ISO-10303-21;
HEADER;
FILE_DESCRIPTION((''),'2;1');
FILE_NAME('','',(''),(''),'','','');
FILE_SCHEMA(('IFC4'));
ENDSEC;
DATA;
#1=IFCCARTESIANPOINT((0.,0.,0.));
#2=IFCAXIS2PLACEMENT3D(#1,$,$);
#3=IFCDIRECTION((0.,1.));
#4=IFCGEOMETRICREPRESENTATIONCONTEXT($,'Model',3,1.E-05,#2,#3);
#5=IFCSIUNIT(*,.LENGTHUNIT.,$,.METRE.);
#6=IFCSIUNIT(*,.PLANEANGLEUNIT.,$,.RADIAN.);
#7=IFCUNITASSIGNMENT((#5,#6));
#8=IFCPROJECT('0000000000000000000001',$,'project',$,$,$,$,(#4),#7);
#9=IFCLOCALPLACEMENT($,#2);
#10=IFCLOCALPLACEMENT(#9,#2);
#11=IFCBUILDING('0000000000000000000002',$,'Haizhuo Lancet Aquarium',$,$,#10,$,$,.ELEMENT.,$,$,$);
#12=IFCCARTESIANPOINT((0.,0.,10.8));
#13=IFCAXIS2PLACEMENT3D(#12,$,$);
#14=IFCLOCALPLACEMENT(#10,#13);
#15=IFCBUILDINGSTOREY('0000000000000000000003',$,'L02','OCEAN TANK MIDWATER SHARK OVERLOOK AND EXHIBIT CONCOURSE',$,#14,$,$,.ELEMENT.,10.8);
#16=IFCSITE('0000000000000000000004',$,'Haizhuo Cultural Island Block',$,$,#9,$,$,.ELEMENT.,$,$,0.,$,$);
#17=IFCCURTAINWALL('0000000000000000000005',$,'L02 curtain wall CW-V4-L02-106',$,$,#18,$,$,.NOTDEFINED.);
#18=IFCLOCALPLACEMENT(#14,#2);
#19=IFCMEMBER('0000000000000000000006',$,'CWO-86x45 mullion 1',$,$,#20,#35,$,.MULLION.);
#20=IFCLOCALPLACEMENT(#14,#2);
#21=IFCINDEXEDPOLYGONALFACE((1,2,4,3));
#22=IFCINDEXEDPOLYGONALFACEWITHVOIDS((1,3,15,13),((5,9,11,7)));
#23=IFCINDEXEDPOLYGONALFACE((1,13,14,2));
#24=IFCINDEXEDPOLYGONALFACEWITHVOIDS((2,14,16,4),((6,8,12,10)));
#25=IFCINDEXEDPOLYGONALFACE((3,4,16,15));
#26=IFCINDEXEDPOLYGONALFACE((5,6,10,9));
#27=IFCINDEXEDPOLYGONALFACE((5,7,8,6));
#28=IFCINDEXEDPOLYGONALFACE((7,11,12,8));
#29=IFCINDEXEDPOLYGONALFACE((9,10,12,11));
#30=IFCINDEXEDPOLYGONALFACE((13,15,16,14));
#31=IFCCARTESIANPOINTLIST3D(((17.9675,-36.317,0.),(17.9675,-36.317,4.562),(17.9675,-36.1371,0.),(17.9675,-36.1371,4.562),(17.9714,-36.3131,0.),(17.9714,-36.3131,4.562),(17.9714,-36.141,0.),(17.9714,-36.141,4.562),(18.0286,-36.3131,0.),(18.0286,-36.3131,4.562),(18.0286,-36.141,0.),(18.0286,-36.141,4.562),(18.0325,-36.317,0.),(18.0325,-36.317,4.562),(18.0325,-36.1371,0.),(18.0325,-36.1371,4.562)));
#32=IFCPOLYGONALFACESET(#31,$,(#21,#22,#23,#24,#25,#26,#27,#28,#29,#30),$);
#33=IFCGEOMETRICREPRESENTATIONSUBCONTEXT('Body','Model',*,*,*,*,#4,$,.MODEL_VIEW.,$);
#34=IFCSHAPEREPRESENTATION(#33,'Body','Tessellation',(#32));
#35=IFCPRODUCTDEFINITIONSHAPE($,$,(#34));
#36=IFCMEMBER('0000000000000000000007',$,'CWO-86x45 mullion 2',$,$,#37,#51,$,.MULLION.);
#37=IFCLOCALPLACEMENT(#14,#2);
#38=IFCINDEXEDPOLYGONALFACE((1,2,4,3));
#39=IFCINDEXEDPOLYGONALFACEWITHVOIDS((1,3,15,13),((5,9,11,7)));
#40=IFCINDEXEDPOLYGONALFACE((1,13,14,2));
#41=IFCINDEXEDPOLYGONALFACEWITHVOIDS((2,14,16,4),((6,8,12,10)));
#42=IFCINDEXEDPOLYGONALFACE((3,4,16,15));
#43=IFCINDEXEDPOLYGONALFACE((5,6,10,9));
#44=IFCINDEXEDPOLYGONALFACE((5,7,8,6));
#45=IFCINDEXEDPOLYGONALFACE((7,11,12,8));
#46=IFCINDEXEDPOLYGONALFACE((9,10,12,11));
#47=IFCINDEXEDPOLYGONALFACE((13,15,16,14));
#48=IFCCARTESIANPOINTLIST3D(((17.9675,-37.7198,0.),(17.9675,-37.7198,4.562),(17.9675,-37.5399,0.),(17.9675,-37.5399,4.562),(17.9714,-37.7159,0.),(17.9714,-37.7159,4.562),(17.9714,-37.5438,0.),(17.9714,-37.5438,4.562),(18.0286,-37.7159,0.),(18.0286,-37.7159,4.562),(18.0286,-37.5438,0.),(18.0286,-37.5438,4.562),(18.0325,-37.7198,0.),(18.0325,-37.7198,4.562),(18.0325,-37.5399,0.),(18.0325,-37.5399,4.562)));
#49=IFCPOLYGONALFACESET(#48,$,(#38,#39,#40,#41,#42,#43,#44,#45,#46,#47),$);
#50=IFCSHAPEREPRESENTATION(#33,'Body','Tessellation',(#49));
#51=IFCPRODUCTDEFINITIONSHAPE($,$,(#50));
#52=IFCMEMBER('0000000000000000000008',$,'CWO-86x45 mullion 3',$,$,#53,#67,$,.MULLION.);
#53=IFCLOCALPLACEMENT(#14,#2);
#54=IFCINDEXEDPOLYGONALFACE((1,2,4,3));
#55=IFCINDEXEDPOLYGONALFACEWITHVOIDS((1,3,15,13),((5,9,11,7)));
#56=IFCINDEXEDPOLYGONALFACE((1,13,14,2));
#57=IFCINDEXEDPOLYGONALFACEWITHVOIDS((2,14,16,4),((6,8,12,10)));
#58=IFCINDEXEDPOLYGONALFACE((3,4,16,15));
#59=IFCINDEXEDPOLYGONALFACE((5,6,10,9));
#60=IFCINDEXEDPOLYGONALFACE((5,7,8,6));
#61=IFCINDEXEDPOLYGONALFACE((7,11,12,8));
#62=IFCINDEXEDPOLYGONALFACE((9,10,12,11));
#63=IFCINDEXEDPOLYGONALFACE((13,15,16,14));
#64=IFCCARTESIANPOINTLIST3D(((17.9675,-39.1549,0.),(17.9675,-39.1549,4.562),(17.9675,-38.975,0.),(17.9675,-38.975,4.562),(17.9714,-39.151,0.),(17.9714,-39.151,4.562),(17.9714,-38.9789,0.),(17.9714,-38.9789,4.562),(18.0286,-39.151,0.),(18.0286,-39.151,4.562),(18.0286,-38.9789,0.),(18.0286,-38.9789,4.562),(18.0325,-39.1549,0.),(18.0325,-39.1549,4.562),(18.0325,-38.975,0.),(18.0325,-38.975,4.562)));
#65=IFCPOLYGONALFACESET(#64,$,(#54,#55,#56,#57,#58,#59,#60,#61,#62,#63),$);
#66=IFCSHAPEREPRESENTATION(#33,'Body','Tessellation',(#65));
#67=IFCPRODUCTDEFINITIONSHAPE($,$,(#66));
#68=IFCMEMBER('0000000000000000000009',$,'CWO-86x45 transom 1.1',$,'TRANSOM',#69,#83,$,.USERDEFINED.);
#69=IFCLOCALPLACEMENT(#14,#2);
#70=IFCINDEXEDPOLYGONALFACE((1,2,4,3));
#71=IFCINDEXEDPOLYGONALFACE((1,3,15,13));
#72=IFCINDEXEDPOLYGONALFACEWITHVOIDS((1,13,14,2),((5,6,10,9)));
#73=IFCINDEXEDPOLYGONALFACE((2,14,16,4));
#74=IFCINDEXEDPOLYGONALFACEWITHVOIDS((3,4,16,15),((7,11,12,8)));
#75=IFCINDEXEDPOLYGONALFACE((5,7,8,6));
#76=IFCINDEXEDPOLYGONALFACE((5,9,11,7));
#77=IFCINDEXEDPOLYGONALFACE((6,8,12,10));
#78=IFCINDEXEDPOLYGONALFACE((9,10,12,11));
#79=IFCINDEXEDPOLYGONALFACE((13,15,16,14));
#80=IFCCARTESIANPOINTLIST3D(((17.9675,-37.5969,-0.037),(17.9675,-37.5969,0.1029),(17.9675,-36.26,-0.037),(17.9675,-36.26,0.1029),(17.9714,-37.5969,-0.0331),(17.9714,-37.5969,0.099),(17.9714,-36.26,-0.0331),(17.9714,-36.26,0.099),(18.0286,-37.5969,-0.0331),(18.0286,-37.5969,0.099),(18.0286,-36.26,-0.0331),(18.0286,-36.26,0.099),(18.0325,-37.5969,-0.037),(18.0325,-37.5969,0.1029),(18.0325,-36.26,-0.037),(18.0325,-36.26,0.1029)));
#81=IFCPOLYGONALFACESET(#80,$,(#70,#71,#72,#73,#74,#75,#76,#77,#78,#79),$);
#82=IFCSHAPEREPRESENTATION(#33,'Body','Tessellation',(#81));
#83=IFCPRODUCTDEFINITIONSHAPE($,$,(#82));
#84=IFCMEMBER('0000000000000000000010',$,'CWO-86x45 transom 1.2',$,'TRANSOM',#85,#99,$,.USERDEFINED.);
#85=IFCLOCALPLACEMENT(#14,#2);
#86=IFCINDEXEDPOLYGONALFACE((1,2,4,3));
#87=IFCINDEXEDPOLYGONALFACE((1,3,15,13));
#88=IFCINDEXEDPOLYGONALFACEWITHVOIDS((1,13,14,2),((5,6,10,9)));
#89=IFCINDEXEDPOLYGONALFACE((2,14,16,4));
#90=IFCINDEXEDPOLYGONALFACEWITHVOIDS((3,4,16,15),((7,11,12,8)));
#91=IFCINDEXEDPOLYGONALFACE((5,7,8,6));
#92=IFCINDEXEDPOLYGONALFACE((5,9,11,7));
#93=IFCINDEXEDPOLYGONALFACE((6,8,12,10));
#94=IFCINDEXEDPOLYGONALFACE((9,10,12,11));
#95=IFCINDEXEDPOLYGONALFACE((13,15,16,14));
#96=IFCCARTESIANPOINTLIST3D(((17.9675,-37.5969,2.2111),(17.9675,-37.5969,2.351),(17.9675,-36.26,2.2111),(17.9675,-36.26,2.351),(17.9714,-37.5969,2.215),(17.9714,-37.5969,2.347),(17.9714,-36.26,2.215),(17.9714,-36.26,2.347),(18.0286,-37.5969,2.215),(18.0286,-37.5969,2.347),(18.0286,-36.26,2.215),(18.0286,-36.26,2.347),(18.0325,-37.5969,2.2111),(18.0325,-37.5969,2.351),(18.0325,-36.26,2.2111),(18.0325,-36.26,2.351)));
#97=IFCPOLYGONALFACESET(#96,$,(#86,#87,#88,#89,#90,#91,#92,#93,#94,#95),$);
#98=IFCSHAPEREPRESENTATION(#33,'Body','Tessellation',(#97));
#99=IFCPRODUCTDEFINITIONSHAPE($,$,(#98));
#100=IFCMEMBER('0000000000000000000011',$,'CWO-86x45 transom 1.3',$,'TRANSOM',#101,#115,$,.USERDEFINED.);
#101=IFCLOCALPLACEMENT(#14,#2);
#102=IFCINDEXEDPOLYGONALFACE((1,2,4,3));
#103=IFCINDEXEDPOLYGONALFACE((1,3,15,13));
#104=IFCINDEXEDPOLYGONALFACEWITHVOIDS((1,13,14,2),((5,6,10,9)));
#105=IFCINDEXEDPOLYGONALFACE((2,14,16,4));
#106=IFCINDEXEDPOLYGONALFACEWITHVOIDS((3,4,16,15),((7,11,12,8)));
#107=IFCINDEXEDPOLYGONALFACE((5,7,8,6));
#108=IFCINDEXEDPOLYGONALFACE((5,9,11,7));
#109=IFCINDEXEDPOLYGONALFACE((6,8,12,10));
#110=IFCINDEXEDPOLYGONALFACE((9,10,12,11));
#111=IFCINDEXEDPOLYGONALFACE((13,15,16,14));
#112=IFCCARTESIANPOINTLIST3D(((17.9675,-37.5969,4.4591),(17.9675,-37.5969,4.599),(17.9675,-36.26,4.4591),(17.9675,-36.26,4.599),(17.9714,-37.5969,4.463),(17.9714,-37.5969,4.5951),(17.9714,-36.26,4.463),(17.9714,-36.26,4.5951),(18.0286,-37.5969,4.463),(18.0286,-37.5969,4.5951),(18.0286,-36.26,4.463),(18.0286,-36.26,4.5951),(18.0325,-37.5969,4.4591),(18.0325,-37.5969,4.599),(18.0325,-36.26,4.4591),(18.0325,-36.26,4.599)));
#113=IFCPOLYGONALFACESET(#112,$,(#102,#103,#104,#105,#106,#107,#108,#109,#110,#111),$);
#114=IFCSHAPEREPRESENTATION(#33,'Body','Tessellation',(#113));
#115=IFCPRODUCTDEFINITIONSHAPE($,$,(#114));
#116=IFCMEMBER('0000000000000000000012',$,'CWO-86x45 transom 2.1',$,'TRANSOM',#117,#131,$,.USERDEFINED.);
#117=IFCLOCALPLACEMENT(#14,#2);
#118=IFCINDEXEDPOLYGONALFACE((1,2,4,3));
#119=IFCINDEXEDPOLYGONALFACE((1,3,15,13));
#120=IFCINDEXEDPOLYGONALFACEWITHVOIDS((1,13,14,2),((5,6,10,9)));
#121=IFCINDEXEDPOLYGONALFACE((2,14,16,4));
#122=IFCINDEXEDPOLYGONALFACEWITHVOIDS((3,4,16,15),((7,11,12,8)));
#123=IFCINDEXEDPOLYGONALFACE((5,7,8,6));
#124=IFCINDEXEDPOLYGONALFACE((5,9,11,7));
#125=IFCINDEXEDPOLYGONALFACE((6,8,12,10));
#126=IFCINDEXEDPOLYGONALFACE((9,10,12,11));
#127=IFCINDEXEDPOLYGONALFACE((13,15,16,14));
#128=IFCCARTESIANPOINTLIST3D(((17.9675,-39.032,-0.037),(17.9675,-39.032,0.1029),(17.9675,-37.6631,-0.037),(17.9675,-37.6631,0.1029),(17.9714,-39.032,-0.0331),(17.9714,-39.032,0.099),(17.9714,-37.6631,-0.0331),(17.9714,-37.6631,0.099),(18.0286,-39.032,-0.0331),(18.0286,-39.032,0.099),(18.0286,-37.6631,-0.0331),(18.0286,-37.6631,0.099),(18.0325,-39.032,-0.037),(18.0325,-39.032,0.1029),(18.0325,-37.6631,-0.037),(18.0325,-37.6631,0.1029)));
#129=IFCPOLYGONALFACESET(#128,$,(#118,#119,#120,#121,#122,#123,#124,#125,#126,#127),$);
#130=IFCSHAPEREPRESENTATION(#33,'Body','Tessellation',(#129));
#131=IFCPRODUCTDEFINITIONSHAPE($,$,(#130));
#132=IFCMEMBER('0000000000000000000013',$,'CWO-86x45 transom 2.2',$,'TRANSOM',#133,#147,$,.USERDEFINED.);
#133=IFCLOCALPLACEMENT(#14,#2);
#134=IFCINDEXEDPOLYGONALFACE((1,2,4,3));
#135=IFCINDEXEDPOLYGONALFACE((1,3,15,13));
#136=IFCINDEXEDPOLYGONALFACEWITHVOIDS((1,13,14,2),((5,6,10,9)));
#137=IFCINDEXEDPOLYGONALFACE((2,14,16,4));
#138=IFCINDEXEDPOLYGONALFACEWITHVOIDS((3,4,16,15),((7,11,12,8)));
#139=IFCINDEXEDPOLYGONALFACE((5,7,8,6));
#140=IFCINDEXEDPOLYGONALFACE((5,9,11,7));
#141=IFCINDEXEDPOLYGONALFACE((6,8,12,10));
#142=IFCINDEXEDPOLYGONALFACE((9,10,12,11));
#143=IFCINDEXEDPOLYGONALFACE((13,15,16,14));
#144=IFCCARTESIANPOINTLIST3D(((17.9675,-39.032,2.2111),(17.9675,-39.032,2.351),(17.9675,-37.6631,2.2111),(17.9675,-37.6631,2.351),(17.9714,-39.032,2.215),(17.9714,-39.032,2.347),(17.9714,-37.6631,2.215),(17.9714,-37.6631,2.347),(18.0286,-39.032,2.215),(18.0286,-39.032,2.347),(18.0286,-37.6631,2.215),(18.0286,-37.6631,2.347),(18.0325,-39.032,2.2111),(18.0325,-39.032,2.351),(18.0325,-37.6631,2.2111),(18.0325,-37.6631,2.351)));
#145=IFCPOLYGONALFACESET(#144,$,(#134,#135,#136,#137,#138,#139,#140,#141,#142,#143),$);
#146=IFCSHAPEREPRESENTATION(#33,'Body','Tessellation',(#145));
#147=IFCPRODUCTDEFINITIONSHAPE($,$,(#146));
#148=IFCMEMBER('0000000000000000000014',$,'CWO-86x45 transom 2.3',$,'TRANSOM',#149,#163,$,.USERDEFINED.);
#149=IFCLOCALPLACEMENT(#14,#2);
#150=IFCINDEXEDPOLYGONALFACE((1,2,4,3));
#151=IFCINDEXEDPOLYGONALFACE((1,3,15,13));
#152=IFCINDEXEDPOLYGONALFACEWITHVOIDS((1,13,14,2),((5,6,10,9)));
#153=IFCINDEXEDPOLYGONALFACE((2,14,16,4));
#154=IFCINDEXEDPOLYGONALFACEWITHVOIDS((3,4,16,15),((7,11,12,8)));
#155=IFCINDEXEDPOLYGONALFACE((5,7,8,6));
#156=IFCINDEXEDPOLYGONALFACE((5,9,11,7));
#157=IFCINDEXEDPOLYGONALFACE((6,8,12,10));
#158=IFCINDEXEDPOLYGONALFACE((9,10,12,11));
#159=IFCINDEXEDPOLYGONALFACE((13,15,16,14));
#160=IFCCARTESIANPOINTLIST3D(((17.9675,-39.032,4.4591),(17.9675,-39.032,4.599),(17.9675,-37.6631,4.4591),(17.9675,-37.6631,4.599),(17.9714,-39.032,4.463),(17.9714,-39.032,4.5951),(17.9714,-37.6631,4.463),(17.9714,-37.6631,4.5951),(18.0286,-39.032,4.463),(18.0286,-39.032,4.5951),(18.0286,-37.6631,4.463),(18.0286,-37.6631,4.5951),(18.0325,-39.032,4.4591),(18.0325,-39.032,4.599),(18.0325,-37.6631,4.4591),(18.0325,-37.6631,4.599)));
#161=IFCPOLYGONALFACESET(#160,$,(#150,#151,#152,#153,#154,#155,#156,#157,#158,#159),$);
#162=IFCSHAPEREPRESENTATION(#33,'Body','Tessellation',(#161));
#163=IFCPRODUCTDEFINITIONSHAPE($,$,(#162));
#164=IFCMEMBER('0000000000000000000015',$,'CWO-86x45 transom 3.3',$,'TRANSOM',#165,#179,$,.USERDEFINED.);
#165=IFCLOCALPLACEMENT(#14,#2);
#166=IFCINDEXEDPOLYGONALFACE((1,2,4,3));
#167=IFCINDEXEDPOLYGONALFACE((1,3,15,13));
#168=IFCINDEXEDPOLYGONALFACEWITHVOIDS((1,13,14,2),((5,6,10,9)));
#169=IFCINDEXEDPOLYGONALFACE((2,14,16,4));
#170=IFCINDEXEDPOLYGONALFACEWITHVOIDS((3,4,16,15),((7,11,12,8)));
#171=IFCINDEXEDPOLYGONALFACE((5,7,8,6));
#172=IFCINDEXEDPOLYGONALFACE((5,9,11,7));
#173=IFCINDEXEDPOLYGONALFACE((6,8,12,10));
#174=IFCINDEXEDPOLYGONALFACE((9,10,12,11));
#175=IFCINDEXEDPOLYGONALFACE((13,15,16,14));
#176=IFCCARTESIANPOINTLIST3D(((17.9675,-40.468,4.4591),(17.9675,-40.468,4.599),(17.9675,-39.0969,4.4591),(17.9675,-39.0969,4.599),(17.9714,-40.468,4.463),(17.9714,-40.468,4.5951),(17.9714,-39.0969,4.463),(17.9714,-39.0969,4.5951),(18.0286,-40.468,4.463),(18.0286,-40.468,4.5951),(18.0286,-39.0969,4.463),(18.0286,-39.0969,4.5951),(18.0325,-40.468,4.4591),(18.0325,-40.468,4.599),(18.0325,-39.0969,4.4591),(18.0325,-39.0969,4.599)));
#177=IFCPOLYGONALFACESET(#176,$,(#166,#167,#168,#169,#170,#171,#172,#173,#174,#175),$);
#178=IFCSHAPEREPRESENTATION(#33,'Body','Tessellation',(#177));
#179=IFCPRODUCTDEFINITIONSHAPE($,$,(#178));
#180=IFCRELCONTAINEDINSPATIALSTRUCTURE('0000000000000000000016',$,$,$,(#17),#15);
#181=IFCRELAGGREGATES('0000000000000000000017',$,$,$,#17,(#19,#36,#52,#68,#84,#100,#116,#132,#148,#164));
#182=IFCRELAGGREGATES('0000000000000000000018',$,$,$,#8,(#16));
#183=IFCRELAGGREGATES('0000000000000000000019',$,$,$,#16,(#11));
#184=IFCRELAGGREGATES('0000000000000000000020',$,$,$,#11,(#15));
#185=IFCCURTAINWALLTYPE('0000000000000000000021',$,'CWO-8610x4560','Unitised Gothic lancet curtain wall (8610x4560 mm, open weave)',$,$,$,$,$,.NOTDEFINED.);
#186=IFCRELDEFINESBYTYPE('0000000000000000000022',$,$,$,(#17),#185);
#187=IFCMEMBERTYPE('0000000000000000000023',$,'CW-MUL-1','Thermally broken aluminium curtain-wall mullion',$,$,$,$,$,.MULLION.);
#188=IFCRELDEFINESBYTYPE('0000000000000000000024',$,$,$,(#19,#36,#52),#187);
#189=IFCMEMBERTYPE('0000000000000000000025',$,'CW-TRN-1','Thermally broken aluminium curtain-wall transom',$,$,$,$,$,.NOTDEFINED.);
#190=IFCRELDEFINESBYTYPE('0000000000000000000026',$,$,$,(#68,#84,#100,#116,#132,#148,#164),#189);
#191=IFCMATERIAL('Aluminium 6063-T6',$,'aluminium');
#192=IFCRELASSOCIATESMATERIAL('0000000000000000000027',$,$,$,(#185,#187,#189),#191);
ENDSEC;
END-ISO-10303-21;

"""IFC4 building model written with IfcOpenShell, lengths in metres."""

from ifc_helpers import new_model, si_unit, direction, frame, origin, origin_2d, place, context, subcontext, project, spatial, hollow_rectangle, extrude, material, material_profile, profile_set, type_object, element, aggregate, save


model = new_model("IFC4")

# Units and contexts
model_context = context("Model", 3, precision=1e-05, world=origin(), true_north=direction((0.0, 1.0)))
body_context = subcontext(model_context, "Body", "Model", "MODEL_VIEW")
ifc_project = project(units=[si_unit("LENGTHUNIT", "METRE"), si_unit("PLANEANGLEUNIT", "RADIAN")], contexts=[model_context])

# Site, building, storey
site_placement = place(None, origin())
site = spatial("IfcSite", under=ifc_project, at=site_placement, Name="Haizhuo Cultural Island Block", CompositionType="ELEMENT", RefElevation=0.0)
building_placement = place(site_placement, origin())
building = spatial("IfcBuilding", under=site, at=building_placement, Name="Haizhuo Lancet Aquarium", CompositionType="ELEMENT")
storey_placement = place(building_placement, frame((0.0, 0.0, 10.8)))
storey = spatial("IfcBuildingStorey", under=building, at=storey_placement, Name="L02", Description="OCEAN TANK MIDWATER SHARK OVERLOOK AND EXHIBIT CONCOURSE", CompositionType="ELEMENT", Elevation=10.8)

# Curtain wall, members
ifc_material_1 = material(Name="Aluminium 6063-T6", Category="aluminium")
curtain_wall_type = type_object("IfcCurtainWallType", Name="CWO-8610x4560", Description="Unitised Gothic lancet curtain wall (8610x4560 mm, open weave)", PredefinedType="NOTDEFINED", material=ifc_material_1)
curtain_wall_placement = place(storey_placement, origin())
curtain_wall = element("IfcCurtainWall", 1, at=curtain_wall_placement, inside=storey, type_object=curtain_wall_type, Name="L02 curtain wall CW-V4-L02-106", PredefinedType="NOTDEFINED")
ifc_material_profile_1 = material_profile(ifc_material_1, hollow_rectangle(XDim=0.0649, YDim=0.1799, WallThickness=0.0039, at=origin_2d()), Name="ALU-M 65x180x4")
ifc_profile_set_1 = profile_set([ifc_material_profile_1], Name="Aluminium 6063-T6")
member_type_1 = type_object("IfcMemberType", Name="CW-MUL-1", Description="Thermally broken aluminium curtain-wall mullion", PredefinedType="MULLION", material=ifc_profile_set_1)
member_1_placement = place(storey_placement, frame((18.0, -36.2271, 0.0), z_axis=(0.0, 0.0, 1.0), x_axis=(1.0, 0.0, 0.0)))
member_1 = element("IfcMember", 2, at=member_1_placement, type_object=member_type_1, Name="CWO-86x45 mullion 1", PredefinedType="MULLION", context=body_context, shape_type="SweptSolid", body=[
    extrude(hollow_rectangle(XDim=0.0649, YDim=0.1799, WallThickness=0.0039, at=origin_2d()), origin(), (0.0, 0.0, 1.0), 4.562),
])
member_2_placement = place(storey_placement, frame((18.0, -37.6299, 0.0), z_axis=(0.0, 0.0, 1.0), x_axis=(1.0, 0.0, 0.0)))
member_2 = element("IfcMember", 3, at=member_2_placement, type_object=member_type_1, Name="CWO-86x45 mullion 2", PredefinedType="MULLION", context=body_context, shape_type="SweptSolid", body=[
    extrude(hollow_rectangle(XDim=0.0649, YDim=0.1799, WallThickness=0.0039, at=origin_2d()), origin(), (0.0, 0.0, 1.0), 4.562),
])
member_3_placement = place(storey_placement, frame((18.0, -39.0649, 0.0), z_axis=(0.0, 0.0, 1.0), x_axis=(1.0, 0.0, 0.0)))
member_3 = element("IfcMember", 4, at=member_3_placement, type_object=member_type_1, Name="CWO-86x45 mullion 3", PredefinedType="MULLION", context=body_context, shape_type="SweptSolid", body=[
    extrude(hollow_rectangle(XDim=0.0649, YDim=0.1799, WallThickness=0.0039, at=origin_2d()), origin(), (0.0, 0.0, 1.0), 4.562),
])
ifc_material_profile_2 = material_profile(ifc_material_1, hollow_rectangle(XDim=0.0649, YDim=0.1399, WallThickness=0.0039, at=origin_2d()), Name="ALU-T 65x140x4")
ifc_profile_set_2 = profile_set([ifc_material_profile_2], Name="Aluminium 6063-T6")
member_type_2 = type_object("IfcMemberType", Name="CW-TRN-1", Description="Thermally broken aluminium curtain-wall transom", PredefinedType="NOTDEFINED", material=ifc_profile_set_2)
member_4_placement = place(storey_placement, frame((18.0, -36.26, 0.033), z_axis=(0.0, -1.0, 0.0), x_axis=(1.0, 0.0, 0.0)))
member_4 = element("IfcMember", 5, at=member_4_placement, type_object=member_type_2, Name="CWO-86x45 transom 1.1", ObjectType="TRANSOM", PredefinedType="USERDEFINED", context=body_context, shape_type="SweptSolid", body=[
    extrude(hollow_rectangle(XDim=0.0649, YDim=0.1399, WallThickness=0.0039, at=origin_2d()), origin(), (0.0, 0.0, 1.0), 1.3369),
])
member_5_placement = place(storey_placement, frame((18.0, -36.26, 2.281), z_axis=(0.0, -1.0, 0.0), x_axis=(1.0, 0.0, 0.0)))
member_5 = element("IfcMember", 6, at=member_5_placement, type_object=member_type_2, Name="CWO-86x45 transom 1.2", ObjectType="TRANSOM", PredefinedType="USERDEFINED", context=body_context, shape_type="SweptSolid", body=[
    extrude(hollow_rectangle(XDim=0.0649, YDim=0.1399, WallThickness=0.0039, at=origin_2d()), origin(), (0.0, 0.0, 1.0), 1.3369),
])
member_6_placement = place(storey_placement, frame((18.0, -36.26, 4.5291), z_axis=(0.0, -1.0, 0.0), x_axis=(1.0, 0.0, 0.0)))
member_6 = element("IfcMember", 7, at=member_6_placement, type_object=member_type_2, Name="CWO-86x45 transom 1.3", ObjectType="TRANSOM", PredefinedType="USERDEFINED", context=body_context, shape_type="SweptSolid", body=[
    extrude(hollow_rectangle(XDim=0.0649, YDim=0.1399, WallThickness=0.0039, at=origin_2d()), origin(), (0.0, 0.0, 1.0), 1.3369),
])
member_7_placement = place(storey_placement, frame((18.0, -37.6631, 0.033), z_axis=(0.0, -1.0, 0.0), x_axis=(1.0, 0.0, 0.0)))
member_7 = element("IfcMember", 8, at=member_7_placement, type_object=member_type_2, Name="CWO-86x45 transom 2.1", ObjectType="TRANSOM", PredefinedType="USERDEFINED", context=body_context, shape_type="SweptSolid", body=[
    extrude(hollow_rectangle(XDim=0.0649, YDim=0.1399, WallThickness=0.0039, at=origin_2d()), origin(), (0.0, 0.0, 1.0), 1.3689),
])
member_8_placement = place(storey_placement, frame((18.0, -37.6631, 2.281), z_axis=(0.0, -1.0, 0.0), x_axis=(1.0, 0.0, 0.0)))
member_8 = element("IfcMember", 9, at=member_8_placement, type_object=member_type_2, Name="CWO-86x45 transom 2.2", ObjectType="TRANSOM", PredefinedType="USERDEFINED", context=body_context, shape_type="SweptSolid", body=[
    extrude(hollow_rectangle(XDim=0.0649, YDim=0.1399, WallThickness=0.0039, at=origin_2d()), origin(), (0.0, 0.0, 1.0), 1.3689),
])
member_9_placement = place(storey_placement, frame((18.0, -37.6631, 4.5291), z_axis=(0.0, -1.0, 0.0), x_axis=(1.0, 0.0, 0.0)))
member_9 = element("IfcMember", 10, at=member_9_placement, type_object=member_type_2, Name="CWO-86x45 transom 2.3", ObjectType="TRANSOM", PredefinedType="USERDEFINED", context=body_context, shape_type="SweptSolid", body=[
    extrude(hollow_rectangle(XDim=0.0649, YDim=0.1399, WallThickness=0.0039, at=origin_2d()), origin(), (0.0, 0.0, 1.0), 1.3689),
])
member_10_placement = place(storey_placement, frame((18.0, -39.0969, 4.5291), z_axis=(0.0, -1.0, 0.0), x_axis=(1.0, 0.0, 0.0)))
member_10 = element("IfcMember", 11, at=member_10_placement, type_object=member_type_2, Name="CWO-86x45 transom 3.3", ObjectType="TRANSOM", PredefinedType="USERDEFINED", context=body_context, shape_type="SweptSolid", body=[
    extrude(hollow_rectangle(XDim=0.0649, YDim=0.1399, WallThickness=0.0039, at=origin_2d()), origin(), (0.0, 0.0, 1.0), 1.3711),
])

aggregate(curtain_wall, [member_1, member_2, member_3, member_4, member_5, member_6, member_7, member_8, member_9, member_10])

save(model, "model.ifc")
